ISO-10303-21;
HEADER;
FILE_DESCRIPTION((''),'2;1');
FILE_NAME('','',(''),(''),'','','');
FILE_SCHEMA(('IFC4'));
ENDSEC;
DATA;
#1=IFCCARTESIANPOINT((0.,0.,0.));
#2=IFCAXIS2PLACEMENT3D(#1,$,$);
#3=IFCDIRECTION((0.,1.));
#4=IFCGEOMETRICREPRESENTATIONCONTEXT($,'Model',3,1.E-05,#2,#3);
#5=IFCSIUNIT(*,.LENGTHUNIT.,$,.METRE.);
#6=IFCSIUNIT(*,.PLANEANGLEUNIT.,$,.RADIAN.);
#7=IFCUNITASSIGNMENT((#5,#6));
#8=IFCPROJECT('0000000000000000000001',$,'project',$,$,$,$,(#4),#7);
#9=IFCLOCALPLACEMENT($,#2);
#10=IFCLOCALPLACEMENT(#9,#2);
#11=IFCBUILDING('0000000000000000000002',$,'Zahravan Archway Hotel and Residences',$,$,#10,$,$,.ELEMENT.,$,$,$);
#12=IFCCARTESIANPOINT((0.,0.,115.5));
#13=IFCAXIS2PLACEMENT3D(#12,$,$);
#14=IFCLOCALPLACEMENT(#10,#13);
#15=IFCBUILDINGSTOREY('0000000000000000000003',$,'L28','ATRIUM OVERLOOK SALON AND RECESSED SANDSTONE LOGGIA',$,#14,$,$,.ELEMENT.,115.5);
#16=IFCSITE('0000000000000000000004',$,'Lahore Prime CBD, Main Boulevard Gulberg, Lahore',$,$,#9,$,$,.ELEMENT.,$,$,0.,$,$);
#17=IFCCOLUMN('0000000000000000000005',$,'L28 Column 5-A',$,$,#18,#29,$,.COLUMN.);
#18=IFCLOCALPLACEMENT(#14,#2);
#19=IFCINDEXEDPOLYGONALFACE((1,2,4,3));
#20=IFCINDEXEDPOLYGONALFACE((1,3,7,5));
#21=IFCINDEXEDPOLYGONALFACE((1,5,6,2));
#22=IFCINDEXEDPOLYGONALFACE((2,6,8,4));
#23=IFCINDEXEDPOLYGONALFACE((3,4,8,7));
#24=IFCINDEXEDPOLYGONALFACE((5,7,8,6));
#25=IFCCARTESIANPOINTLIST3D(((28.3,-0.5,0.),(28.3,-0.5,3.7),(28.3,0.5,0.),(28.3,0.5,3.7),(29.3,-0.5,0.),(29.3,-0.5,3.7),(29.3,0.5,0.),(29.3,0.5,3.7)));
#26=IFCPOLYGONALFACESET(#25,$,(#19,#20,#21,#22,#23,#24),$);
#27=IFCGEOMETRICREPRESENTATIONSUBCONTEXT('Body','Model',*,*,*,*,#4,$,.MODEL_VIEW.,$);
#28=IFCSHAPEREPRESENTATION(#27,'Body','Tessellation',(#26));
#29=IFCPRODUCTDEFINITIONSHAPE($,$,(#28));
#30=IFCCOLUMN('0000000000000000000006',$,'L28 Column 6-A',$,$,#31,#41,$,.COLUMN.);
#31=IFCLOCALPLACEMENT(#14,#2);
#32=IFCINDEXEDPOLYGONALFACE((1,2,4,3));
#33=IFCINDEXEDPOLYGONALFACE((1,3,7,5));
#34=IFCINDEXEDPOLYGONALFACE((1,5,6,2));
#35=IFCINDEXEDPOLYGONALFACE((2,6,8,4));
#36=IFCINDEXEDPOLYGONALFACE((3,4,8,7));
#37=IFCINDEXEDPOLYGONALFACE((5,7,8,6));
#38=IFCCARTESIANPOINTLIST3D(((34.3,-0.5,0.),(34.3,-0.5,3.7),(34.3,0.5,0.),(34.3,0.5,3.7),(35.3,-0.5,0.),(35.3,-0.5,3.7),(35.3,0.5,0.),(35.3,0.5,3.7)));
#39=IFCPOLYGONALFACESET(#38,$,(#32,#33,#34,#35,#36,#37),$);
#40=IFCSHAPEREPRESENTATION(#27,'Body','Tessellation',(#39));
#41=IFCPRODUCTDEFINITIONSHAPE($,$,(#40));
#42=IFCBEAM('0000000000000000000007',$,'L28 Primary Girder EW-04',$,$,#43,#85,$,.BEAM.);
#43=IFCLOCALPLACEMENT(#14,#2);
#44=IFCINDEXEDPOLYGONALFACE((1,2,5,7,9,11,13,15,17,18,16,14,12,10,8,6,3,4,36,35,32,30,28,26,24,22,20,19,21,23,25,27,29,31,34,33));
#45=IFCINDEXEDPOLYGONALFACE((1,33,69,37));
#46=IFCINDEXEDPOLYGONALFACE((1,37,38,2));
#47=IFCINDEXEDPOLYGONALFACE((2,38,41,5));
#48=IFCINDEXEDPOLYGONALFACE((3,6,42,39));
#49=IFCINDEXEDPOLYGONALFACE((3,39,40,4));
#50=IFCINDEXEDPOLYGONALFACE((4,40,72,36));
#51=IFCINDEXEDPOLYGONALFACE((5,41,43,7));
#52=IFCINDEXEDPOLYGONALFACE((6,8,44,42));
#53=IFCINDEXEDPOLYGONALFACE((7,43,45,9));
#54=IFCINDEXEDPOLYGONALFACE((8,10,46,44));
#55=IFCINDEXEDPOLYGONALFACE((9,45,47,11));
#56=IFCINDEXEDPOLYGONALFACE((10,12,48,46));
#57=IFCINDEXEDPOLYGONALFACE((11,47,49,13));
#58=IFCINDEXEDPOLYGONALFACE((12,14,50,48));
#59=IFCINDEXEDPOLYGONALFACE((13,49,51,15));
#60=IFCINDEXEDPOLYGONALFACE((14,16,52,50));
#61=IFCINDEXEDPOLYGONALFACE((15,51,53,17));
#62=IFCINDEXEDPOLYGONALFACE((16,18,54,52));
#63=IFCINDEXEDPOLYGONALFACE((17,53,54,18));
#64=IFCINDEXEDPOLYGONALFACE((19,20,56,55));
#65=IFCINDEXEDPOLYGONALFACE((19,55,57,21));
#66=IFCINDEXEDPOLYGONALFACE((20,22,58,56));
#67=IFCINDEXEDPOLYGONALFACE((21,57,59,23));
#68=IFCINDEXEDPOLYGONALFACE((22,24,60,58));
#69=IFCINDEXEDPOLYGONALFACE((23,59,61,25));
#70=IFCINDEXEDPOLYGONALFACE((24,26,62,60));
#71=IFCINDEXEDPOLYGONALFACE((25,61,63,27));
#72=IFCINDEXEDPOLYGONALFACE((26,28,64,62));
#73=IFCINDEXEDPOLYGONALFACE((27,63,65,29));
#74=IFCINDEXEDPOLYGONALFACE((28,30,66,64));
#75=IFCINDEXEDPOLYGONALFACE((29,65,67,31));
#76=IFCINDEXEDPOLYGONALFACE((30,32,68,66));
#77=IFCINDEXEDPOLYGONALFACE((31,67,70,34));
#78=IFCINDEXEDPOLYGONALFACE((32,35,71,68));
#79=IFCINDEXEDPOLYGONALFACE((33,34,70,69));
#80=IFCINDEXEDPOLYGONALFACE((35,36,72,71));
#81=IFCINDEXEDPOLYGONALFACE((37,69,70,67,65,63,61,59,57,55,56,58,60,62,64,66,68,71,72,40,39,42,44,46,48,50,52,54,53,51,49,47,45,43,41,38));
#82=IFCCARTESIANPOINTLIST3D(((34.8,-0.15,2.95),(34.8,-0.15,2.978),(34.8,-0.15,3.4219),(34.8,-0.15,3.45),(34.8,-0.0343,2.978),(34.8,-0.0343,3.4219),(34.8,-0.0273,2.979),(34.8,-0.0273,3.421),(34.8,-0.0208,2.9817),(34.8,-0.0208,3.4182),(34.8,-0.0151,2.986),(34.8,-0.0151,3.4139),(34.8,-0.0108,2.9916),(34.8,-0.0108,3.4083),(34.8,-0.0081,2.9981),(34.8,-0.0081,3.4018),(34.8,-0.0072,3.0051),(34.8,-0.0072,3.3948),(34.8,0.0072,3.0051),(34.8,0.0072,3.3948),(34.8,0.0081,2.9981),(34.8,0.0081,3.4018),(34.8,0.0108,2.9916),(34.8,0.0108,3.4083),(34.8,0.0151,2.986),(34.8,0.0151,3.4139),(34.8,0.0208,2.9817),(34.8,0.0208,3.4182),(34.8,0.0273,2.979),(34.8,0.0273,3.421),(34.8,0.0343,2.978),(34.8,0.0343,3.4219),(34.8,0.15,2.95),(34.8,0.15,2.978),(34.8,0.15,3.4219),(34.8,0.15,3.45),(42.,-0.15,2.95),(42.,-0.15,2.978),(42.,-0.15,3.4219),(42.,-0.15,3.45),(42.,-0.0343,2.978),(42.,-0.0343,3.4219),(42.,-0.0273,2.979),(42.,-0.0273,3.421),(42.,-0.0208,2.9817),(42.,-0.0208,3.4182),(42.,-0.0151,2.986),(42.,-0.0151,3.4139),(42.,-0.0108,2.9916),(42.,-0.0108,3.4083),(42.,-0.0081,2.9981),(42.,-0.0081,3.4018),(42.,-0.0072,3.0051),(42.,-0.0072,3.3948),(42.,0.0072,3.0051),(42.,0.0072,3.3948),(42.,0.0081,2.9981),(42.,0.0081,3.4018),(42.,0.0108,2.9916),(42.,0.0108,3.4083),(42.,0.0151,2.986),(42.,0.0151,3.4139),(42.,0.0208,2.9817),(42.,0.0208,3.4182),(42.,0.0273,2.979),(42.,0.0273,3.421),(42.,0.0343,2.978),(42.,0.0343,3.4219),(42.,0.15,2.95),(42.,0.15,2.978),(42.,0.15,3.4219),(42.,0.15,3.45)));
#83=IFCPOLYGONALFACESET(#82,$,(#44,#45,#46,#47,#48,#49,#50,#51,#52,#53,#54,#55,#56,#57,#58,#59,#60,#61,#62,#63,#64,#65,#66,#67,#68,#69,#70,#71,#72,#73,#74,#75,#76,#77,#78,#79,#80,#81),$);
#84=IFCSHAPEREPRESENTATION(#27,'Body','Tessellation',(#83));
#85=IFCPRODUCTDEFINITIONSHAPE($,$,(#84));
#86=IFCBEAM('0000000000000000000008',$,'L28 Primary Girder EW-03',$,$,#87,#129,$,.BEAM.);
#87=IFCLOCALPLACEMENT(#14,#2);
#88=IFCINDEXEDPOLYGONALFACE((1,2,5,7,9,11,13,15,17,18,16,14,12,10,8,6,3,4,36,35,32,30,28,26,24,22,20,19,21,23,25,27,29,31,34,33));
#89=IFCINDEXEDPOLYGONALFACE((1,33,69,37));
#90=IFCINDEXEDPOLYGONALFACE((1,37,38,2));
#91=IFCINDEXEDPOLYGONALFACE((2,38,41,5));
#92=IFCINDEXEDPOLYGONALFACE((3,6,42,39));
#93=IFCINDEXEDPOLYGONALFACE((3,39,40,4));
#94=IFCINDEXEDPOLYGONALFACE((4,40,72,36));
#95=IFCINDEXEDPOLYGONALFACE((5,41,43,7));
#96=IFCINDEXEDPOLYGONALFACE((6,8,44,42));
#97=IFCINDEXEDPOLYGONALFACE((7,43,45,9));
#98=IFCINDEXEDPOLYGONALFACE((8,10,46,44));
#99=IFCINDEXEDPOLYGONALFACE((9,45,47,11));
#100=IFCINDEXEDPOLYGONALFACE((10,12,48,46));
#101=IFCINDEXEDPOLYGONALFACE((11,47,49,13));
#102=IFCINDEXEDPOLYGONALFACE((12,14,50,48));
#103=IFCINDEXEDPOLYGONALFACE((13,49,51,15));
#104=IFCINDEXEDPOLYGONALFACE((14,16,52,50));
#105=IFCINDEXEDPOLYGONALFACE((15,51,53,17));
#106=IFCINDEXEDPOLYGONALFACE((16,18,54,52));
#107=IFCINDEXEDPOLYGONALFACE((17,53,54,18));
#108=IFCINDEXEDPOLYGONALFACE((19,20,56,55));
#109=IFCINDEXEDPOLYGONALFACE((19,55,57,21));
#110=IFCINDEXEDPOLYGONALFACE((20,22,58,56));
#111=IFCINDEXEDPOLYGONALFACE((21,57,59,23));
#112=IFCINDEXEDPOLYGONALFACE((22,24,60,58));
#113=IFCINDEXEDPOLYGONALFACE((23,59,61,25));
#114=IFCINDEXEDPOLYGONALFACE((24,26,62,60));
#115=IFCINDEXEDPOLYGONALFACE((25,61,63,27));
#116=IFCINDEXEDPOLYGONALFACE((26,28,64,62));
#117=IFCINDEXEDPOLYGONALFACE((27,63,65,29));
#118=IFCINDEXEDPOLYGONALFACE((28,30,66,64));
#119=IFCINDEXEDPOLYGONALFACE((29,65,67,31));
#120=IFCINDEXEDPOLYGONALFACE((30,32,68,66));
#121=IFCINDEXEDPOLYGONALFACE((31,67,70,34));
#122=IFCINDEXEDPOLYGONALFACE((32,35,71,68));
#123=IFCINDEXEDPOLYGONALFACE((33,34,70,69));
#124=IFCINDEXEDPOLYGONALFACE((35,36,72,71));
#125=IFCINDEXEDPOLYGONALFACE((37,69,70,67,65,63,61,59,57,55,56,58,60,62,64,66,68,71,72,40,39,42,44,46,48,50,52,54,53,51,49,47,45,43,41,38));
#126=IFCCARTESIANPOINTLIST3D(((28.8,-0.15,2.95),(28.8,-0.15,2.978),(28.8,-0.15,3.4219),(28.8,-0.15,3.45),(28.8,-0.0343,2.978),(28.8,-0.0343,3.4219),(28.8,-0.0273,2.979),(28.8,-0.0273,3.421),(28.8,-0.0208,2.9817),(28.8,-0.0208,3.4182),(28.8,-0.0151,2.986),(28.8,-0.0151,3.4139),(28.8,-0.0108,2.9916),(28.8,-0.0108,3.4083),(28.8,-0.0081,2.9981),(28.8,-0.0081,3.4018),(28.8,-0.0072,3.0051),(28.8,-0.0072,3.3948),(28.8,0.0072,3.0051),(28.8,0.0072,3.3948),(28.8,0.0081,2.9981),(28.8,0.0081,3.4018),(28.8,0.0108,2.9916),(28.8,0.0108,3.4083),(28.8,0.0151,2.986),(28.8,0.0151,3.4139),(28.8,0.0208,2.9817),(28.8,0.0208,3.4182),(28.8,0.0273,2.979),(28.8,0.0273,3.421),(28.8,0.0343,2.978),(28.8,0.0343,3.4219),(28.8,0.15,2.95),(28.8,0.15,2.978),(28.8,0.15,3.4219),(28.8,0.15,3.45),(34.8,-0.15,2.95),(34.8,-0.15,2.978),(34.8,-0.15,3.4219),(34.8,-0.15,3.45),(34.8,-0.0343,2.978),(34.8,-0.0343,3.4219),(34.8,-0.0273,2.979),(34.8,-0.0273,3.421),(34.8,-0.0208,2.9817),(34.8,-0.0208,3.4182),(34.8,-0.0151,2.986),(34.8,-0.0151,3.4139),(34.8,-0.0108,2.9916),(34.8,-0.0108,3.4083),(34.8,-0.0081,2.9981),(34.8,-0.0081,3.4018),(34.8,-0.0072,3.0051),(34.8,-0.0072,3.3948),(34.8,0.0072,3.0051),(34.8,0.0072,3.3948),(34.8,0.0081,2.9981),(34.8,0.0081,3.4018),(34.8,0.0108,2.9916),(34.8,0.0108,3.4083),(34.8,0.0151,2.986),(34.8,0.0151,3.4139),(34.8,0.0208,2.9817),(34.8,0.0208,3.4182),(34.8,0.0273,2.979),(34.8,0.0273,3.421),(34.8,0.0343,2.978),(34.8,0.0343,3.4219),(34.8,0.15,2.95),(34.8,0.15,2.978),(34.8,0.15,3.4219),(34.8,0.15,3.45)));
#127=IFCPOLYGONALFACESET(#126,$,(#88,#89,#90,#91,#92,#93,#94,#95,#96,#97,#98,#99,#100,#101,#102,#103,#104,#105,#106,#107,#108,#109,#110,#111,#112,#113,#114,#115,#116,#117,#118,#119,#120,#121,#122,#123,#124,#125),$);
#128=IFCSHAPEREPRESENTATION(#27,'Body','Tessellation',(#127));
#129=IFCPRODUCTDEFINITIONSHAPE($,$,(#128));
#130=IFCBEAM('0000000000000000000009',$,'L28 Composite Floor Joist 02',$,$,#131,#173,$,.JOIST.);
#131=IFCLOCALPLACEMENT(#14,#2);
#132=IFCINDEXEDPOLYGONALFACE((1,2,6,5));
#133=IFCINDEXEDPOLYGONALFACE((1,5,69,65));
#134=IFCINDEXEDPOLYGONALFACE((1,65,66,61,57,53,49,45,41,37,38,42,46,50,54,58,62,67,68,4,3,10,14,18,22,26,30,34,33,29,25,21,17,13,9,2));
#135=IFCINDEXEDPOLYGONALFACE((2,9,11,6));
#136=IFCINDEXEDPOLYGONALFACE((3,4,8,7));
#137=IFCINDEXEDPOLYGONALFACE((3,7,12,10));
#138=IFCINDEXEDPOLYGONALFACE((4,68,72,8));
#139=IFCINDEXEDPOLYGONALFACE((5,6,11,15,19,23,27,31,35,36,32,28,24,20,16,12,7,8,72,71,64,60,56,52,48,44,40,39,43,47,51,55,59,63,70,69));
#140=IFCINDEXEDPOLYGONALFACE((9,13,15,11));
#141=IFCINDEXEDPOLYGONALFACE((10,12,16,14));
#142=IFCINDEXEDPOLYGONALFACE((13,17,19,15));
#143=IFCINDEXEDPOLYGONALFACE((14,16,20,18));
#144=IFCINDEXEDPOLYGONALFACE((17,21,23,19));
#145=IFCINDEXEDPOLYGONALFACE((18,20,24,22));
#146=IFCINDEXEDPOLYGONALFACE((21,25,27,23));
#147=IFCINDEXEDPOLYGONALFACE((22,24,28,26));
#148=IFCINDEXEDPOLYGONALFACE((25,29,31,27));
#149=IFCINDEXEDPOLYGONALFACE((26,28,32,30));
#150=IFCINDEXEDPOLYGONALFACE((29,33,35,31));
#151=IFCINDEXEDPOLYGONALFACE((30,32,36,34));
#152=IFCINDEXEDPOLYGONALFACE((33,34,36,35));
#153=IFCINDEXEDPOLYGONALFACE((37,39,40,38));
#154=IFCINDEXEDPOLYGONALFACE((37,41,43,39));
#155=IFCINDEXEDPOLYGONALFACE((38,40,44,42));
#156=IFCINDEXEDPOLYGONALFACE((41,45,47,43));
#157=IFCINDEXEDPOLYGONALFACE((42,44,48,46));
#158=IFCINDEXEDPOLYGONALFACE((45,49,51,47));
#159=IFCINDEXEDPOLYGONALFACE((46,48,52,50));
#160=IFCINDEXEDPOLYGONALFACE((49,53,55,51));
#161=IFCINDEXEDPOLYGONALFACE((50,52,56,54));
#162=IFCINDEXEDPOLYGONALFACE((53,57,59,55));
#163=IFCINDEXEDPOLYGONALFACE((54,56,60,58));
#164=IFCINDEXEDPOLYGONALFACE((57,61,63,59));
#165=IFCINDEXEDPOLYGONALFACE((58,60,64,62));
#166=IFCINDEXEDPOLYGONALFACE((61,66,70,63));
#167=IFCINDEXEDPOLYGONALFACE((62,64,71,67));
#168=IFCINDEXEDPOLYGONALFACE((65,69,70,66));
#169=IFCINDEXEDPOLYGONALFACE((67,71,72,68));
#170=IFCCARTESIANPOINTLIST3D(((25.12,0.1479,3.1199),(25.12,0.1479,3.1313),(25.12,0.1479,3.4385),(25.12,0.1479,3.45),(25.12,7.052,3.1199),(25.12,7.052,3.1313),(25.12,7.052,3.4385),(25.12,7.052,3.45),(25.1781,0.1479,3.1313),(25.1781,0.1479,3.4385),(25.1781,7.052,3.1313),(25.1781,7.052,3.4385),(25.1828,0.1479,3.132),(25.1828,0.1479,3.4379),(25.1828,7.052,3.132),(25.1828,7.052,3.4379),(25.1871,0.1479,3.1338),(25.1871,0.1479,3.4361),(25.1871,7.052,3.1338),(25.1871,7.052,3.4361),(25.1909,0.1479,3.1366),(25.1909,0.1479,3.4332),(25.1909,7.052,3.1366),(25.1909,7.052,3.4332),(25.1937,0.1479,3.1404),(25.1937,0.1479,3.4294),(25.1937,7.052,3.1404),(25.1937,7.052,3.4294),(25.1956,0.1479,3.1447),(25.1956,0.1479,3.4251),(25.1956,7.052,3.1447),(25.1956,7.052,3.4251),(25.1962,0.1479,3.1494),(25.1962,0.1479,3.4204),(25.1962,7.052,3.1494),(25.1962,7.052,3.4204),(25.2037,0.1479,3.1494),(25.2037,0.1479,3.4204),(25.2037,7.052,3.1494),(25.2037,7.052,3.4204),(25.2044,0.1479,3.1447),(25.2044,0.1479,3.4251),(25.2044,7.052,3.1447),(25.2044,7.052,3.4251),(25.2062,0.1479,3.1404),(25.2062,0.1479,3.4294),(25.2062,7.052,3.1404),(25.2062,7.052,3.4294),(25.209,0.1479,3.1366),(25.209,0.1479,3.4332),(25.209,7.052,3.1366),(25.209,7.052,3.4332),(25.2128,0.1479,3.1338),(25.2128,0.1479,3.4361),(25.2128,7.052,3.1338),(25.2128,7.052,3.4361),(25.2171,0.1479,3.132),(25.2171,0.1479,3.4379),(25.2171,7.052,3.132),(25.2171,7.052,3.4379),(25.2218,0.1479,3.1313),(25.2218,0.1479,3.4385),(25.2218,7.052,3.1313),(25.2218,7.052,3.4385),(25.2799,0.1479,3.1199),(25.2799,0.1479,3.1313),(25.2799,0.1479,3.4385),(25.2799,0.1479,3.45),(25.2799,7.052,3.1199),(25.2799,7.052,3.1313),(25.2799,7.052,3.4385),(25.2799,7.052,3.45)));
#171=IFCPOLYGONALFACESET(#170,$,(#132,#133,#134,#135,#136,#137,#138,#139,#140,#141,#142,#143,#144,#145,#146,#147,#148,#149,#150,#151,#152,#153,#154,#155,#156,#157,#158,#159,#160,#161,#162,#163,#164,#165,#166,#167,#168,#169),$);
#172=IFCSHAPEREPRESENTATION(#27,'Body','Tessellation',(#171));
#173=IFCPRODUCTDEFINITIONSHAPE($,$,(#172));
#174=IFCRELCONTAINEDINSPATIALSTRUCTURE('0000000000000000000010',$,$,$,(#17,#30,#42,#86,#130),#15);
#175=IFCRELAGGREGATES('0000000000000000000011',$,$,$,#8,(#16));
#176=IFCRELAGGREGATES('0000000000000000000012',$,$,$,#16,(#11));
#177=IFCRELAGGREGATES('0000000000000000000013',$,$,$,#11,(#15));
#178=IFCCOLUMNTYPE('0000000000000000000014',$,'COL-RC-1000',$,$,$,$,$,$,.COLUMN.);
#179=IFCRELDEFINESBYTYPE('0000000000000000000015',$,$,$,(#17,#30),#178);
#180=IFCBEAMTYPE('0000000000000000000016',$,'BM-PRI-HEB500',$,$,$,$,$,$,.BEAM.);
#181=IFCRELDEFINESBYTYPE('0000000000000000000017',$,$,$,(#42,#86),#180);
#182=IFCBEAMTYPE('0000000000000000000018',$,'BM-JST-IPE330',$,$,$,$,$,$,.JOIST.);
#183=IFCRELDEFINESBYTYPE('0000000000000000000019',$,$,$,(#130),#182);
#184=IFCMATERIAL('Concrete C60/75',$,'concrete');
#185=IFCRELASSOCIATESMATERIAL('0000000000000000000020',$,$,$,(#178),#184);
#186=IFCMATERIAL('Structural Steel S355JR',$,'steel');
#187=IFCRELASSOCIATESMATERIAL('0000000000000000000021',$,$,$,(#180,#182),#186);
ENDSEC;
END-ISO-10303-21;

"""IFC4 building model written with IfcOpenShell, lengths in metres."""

from ifc_helpers import new_model, si_unit, direction, frame, origin, origin_2d, place, context, subcontext, project, spatial, rectangle, i_section, extrude, source, transform, mapped, material, material_profile, profile_set, type_object, type_shapes, element, save


model = new_model("IFC4")

# Units and contexts
model_context = context("Model", 3, precision=1e-05, world=origin(), true_north=direction((0.0, 1.0)))
body_context = subcontext(model_context, "Body", "Model", "MODEL_VIEW")
ifc_project = project(units=[si_unit("LENGTHUNIT", "METRE"), si_unit("PLANEANGLEUNIT", "RADIAN")], contexts=[model_context])

# Site, building, storey
site_placement = place(None, origin())
site = spatial("IfcSite", under=ifc_project, at=site_placement, Name="Lahore Prime CBD, Main Boulevard Gulberg, Lahore", CompositionType="ELEMENT", RefElevation=0.0)
building_placement = place(site_placement, origin())
building = spatial("IfcBuilding", under=site, at=building_placement, Name="Zahravan Archway Hotel and Residences", CompositionType="ELEMENT")
storey_placement = place(building_placement, frame((0.0, 0.0, 115.5)))
storey = spatial("IfcBuildingStorey", under=building, at=storey_placement, Name="L28", Description="ATRIUM OVERLOOK SALON AND RECESSED SANDSTONE LOGGIA", CompositionType="ELEMENT", Elevation=115.5)

# Columns
ifc_material_1 = material(Name="Concrete C60/75", Category="concrete")
ifc_material_profile_1 = material_profile(ifc_material_1, rectangle(XDim=1.0, YDim=1.0, at=origin_2d()), Name="RC-COL-1000x1000", Category="concrete")
ifc_profile_set_1 = profile_set([ifc_material_profile_1], Name="Concrete C60/75")
column_type = type_object("IfcColumnType", Name="COL-RC-1000", PredefinedType="COLUMN", material=ifc_profile_set_1)
shared_shape_1 = source(origin(), body_context, "Body", "SweptSolid", [
    extrude(rectangle(XDim=1.0, YDim=1.0, at=origin_2d()), origin(), (0.0, 0.0, 1.0), 3.7),
])
type_shapes(column_type, [shared_shape_1])
for number, where, z_axis, x_axis, name in (
    (1, (28.8, 0.0, 0.0), (0.0, 0.0, 1.0), (1.0, 0.0, 0.0), "L28 Column 5-A"),
    (2, (34.8, 0.0, 0.0), (0.0, 0.0, 1.0), (1.0, 0.0, 0.0), "L28 Column 6-A"),
):
    element("IfcColumn", number, at=place(storey_placement, frame(where, z_axis=z_axis, x_axis=x_axis)), inside=storey, type_object=column_type, Name=name, PredefinedType="COLUMN", context=body_context, shape_type="MappedRepresentation", body=[
        mapped(shared_shape_1, transform((0.0, 0.0, 0.0), scale=1.0)),
    ])

# Beams
ifc_material_2 = material(Name="Structural Steel S355JR", Category="steel")
ifc_material_profile_2 = material_profile(ifc_material_2, i_section(OverallWidth=0.3, OverallDepth=0.5, WebThickness=0.0144, FlangeThickness=0.0281, FilletRadius=0.0271, at=origin_2d()), Name="HEB 500", Category="steel")
ifc_profile_set_2 = profile_set([ifc_material_profile_2], Name="Structural Steel S355JR")
beam_type_1 = type_object("IfcBeamType", Name="BM-PRI-HEB500", PredefinedType="BEAM", material=ifc_profile_set_2)
shared_shape_2 = source(origin(), body_context, "Body", "SweptSolid", [
    extrude(i_section(OverallWidth=0.3, OverallDepth=0.5, WebThickness=0.0144, FlangeThickness=0.0281, FilletRadius=0.0271, at=origin_2d()), origin(), (0.0, 0.0, 1.0), 7.2),
])
beam_1_placement = place(storey_placement, frame((34.8, 0.0, 3.2), z_axis=(1.0, 0.0, 0.0), x_axis=(0.0, 1.0, 0.0)))
element("IfcBeam", 3, at=beam_1_placement, inside=storey, type_object=beam_type_1, Name="L28 Primary Girder EW-04", PredefinedType="BEAM", context=body_context, shape_type="MappedRepresentation", body=[
    mapped(shared_shape_2, transform((0.0, 0.0, 0.0), scale=1.0)),
])
shared_shape_3 = source(origin(), body_context, "Body", "SweptSolid", [
    extrude(i_section(OverallWidth=0.3, OverallDepth=0.5, WebThickness=0.0144, FlangeThickness=0.0281, FilletRadius=0.0271, at=origin_2d()), origin(), (0.0, 0.0, 1.0), 6.0),
])
beam_2_placement = place(storey_placement, frame((28.8, 0.0, 3.2), z_axis=(1.0, 0.0, 0.0), x_axis=(0.0, 1.0, 0.0)))
element("IfcBeam", 4, at=beam_2_placement, inside=storey, type_object=beam_type_1, Name="L28 Primary Girder EW-03", PredefinedType="BEAM", context=body_context, shape_type="MappedRepresentation", body=[
    mapped(shared_shape_3, transform((0.0, 0.0, 0.0), scale=1.0)),
])
ifc_material_profile_3 = material_profile(ifc_material_2, i_section(OverallWidth=0.1599, OverallDepth=0.3301, WebThickness=0.0076, FlangeThickness=0.0115, FilletRadius=0.0181, at=origin_2d()), Name="IPE 330", Category="steel")
ifc_profile_set_3 = profile_set([ifc_material_profile_3], Name="Structural Steel S355JR")
beam_type_2 = type_object("IfcBeamType", Name="BM-JST-IPE330", PredefinedType="JOIST", material=ifc_profile_set_3)
shared_shape_4 = source(origin(), body_context, "Body", "SweptSolid", [
    extrude(i_section(OverallWidth=0.1599, OverallDepth=0.3301, WebThickness=0.0076, FlangeThickness=0.0115, FilletRadius=0.0181, at=origin_2d()), origin(), (0.0, 0.0, 1.0), 6.9041),
])
type_shapes(beam_type_2, [shared_shape_4])
for number, where, z_axis, x_axis, name in (
    (5, (25.2, 0.1479, 3.2849), (0.0, 1.0, 0.0), (-1.0, 0.0, 0.0), "L28 Composite Floor Joist 02"),
):
    element("IfcBeam", number, at=place(storey_placement, frame(where, z_axis=z_axis, x_axis=x_axis)), inside=storey, type_object=beam_type_2, Name=name, PredefinedType="JOIST", context=body_context, shape_type="MappedRepresentation", body=[
        mapped(shared_shape_4, transform((0.0, 0.0, 0.0), scale=1.0)),
    ])

save(model, "model.ifc")
